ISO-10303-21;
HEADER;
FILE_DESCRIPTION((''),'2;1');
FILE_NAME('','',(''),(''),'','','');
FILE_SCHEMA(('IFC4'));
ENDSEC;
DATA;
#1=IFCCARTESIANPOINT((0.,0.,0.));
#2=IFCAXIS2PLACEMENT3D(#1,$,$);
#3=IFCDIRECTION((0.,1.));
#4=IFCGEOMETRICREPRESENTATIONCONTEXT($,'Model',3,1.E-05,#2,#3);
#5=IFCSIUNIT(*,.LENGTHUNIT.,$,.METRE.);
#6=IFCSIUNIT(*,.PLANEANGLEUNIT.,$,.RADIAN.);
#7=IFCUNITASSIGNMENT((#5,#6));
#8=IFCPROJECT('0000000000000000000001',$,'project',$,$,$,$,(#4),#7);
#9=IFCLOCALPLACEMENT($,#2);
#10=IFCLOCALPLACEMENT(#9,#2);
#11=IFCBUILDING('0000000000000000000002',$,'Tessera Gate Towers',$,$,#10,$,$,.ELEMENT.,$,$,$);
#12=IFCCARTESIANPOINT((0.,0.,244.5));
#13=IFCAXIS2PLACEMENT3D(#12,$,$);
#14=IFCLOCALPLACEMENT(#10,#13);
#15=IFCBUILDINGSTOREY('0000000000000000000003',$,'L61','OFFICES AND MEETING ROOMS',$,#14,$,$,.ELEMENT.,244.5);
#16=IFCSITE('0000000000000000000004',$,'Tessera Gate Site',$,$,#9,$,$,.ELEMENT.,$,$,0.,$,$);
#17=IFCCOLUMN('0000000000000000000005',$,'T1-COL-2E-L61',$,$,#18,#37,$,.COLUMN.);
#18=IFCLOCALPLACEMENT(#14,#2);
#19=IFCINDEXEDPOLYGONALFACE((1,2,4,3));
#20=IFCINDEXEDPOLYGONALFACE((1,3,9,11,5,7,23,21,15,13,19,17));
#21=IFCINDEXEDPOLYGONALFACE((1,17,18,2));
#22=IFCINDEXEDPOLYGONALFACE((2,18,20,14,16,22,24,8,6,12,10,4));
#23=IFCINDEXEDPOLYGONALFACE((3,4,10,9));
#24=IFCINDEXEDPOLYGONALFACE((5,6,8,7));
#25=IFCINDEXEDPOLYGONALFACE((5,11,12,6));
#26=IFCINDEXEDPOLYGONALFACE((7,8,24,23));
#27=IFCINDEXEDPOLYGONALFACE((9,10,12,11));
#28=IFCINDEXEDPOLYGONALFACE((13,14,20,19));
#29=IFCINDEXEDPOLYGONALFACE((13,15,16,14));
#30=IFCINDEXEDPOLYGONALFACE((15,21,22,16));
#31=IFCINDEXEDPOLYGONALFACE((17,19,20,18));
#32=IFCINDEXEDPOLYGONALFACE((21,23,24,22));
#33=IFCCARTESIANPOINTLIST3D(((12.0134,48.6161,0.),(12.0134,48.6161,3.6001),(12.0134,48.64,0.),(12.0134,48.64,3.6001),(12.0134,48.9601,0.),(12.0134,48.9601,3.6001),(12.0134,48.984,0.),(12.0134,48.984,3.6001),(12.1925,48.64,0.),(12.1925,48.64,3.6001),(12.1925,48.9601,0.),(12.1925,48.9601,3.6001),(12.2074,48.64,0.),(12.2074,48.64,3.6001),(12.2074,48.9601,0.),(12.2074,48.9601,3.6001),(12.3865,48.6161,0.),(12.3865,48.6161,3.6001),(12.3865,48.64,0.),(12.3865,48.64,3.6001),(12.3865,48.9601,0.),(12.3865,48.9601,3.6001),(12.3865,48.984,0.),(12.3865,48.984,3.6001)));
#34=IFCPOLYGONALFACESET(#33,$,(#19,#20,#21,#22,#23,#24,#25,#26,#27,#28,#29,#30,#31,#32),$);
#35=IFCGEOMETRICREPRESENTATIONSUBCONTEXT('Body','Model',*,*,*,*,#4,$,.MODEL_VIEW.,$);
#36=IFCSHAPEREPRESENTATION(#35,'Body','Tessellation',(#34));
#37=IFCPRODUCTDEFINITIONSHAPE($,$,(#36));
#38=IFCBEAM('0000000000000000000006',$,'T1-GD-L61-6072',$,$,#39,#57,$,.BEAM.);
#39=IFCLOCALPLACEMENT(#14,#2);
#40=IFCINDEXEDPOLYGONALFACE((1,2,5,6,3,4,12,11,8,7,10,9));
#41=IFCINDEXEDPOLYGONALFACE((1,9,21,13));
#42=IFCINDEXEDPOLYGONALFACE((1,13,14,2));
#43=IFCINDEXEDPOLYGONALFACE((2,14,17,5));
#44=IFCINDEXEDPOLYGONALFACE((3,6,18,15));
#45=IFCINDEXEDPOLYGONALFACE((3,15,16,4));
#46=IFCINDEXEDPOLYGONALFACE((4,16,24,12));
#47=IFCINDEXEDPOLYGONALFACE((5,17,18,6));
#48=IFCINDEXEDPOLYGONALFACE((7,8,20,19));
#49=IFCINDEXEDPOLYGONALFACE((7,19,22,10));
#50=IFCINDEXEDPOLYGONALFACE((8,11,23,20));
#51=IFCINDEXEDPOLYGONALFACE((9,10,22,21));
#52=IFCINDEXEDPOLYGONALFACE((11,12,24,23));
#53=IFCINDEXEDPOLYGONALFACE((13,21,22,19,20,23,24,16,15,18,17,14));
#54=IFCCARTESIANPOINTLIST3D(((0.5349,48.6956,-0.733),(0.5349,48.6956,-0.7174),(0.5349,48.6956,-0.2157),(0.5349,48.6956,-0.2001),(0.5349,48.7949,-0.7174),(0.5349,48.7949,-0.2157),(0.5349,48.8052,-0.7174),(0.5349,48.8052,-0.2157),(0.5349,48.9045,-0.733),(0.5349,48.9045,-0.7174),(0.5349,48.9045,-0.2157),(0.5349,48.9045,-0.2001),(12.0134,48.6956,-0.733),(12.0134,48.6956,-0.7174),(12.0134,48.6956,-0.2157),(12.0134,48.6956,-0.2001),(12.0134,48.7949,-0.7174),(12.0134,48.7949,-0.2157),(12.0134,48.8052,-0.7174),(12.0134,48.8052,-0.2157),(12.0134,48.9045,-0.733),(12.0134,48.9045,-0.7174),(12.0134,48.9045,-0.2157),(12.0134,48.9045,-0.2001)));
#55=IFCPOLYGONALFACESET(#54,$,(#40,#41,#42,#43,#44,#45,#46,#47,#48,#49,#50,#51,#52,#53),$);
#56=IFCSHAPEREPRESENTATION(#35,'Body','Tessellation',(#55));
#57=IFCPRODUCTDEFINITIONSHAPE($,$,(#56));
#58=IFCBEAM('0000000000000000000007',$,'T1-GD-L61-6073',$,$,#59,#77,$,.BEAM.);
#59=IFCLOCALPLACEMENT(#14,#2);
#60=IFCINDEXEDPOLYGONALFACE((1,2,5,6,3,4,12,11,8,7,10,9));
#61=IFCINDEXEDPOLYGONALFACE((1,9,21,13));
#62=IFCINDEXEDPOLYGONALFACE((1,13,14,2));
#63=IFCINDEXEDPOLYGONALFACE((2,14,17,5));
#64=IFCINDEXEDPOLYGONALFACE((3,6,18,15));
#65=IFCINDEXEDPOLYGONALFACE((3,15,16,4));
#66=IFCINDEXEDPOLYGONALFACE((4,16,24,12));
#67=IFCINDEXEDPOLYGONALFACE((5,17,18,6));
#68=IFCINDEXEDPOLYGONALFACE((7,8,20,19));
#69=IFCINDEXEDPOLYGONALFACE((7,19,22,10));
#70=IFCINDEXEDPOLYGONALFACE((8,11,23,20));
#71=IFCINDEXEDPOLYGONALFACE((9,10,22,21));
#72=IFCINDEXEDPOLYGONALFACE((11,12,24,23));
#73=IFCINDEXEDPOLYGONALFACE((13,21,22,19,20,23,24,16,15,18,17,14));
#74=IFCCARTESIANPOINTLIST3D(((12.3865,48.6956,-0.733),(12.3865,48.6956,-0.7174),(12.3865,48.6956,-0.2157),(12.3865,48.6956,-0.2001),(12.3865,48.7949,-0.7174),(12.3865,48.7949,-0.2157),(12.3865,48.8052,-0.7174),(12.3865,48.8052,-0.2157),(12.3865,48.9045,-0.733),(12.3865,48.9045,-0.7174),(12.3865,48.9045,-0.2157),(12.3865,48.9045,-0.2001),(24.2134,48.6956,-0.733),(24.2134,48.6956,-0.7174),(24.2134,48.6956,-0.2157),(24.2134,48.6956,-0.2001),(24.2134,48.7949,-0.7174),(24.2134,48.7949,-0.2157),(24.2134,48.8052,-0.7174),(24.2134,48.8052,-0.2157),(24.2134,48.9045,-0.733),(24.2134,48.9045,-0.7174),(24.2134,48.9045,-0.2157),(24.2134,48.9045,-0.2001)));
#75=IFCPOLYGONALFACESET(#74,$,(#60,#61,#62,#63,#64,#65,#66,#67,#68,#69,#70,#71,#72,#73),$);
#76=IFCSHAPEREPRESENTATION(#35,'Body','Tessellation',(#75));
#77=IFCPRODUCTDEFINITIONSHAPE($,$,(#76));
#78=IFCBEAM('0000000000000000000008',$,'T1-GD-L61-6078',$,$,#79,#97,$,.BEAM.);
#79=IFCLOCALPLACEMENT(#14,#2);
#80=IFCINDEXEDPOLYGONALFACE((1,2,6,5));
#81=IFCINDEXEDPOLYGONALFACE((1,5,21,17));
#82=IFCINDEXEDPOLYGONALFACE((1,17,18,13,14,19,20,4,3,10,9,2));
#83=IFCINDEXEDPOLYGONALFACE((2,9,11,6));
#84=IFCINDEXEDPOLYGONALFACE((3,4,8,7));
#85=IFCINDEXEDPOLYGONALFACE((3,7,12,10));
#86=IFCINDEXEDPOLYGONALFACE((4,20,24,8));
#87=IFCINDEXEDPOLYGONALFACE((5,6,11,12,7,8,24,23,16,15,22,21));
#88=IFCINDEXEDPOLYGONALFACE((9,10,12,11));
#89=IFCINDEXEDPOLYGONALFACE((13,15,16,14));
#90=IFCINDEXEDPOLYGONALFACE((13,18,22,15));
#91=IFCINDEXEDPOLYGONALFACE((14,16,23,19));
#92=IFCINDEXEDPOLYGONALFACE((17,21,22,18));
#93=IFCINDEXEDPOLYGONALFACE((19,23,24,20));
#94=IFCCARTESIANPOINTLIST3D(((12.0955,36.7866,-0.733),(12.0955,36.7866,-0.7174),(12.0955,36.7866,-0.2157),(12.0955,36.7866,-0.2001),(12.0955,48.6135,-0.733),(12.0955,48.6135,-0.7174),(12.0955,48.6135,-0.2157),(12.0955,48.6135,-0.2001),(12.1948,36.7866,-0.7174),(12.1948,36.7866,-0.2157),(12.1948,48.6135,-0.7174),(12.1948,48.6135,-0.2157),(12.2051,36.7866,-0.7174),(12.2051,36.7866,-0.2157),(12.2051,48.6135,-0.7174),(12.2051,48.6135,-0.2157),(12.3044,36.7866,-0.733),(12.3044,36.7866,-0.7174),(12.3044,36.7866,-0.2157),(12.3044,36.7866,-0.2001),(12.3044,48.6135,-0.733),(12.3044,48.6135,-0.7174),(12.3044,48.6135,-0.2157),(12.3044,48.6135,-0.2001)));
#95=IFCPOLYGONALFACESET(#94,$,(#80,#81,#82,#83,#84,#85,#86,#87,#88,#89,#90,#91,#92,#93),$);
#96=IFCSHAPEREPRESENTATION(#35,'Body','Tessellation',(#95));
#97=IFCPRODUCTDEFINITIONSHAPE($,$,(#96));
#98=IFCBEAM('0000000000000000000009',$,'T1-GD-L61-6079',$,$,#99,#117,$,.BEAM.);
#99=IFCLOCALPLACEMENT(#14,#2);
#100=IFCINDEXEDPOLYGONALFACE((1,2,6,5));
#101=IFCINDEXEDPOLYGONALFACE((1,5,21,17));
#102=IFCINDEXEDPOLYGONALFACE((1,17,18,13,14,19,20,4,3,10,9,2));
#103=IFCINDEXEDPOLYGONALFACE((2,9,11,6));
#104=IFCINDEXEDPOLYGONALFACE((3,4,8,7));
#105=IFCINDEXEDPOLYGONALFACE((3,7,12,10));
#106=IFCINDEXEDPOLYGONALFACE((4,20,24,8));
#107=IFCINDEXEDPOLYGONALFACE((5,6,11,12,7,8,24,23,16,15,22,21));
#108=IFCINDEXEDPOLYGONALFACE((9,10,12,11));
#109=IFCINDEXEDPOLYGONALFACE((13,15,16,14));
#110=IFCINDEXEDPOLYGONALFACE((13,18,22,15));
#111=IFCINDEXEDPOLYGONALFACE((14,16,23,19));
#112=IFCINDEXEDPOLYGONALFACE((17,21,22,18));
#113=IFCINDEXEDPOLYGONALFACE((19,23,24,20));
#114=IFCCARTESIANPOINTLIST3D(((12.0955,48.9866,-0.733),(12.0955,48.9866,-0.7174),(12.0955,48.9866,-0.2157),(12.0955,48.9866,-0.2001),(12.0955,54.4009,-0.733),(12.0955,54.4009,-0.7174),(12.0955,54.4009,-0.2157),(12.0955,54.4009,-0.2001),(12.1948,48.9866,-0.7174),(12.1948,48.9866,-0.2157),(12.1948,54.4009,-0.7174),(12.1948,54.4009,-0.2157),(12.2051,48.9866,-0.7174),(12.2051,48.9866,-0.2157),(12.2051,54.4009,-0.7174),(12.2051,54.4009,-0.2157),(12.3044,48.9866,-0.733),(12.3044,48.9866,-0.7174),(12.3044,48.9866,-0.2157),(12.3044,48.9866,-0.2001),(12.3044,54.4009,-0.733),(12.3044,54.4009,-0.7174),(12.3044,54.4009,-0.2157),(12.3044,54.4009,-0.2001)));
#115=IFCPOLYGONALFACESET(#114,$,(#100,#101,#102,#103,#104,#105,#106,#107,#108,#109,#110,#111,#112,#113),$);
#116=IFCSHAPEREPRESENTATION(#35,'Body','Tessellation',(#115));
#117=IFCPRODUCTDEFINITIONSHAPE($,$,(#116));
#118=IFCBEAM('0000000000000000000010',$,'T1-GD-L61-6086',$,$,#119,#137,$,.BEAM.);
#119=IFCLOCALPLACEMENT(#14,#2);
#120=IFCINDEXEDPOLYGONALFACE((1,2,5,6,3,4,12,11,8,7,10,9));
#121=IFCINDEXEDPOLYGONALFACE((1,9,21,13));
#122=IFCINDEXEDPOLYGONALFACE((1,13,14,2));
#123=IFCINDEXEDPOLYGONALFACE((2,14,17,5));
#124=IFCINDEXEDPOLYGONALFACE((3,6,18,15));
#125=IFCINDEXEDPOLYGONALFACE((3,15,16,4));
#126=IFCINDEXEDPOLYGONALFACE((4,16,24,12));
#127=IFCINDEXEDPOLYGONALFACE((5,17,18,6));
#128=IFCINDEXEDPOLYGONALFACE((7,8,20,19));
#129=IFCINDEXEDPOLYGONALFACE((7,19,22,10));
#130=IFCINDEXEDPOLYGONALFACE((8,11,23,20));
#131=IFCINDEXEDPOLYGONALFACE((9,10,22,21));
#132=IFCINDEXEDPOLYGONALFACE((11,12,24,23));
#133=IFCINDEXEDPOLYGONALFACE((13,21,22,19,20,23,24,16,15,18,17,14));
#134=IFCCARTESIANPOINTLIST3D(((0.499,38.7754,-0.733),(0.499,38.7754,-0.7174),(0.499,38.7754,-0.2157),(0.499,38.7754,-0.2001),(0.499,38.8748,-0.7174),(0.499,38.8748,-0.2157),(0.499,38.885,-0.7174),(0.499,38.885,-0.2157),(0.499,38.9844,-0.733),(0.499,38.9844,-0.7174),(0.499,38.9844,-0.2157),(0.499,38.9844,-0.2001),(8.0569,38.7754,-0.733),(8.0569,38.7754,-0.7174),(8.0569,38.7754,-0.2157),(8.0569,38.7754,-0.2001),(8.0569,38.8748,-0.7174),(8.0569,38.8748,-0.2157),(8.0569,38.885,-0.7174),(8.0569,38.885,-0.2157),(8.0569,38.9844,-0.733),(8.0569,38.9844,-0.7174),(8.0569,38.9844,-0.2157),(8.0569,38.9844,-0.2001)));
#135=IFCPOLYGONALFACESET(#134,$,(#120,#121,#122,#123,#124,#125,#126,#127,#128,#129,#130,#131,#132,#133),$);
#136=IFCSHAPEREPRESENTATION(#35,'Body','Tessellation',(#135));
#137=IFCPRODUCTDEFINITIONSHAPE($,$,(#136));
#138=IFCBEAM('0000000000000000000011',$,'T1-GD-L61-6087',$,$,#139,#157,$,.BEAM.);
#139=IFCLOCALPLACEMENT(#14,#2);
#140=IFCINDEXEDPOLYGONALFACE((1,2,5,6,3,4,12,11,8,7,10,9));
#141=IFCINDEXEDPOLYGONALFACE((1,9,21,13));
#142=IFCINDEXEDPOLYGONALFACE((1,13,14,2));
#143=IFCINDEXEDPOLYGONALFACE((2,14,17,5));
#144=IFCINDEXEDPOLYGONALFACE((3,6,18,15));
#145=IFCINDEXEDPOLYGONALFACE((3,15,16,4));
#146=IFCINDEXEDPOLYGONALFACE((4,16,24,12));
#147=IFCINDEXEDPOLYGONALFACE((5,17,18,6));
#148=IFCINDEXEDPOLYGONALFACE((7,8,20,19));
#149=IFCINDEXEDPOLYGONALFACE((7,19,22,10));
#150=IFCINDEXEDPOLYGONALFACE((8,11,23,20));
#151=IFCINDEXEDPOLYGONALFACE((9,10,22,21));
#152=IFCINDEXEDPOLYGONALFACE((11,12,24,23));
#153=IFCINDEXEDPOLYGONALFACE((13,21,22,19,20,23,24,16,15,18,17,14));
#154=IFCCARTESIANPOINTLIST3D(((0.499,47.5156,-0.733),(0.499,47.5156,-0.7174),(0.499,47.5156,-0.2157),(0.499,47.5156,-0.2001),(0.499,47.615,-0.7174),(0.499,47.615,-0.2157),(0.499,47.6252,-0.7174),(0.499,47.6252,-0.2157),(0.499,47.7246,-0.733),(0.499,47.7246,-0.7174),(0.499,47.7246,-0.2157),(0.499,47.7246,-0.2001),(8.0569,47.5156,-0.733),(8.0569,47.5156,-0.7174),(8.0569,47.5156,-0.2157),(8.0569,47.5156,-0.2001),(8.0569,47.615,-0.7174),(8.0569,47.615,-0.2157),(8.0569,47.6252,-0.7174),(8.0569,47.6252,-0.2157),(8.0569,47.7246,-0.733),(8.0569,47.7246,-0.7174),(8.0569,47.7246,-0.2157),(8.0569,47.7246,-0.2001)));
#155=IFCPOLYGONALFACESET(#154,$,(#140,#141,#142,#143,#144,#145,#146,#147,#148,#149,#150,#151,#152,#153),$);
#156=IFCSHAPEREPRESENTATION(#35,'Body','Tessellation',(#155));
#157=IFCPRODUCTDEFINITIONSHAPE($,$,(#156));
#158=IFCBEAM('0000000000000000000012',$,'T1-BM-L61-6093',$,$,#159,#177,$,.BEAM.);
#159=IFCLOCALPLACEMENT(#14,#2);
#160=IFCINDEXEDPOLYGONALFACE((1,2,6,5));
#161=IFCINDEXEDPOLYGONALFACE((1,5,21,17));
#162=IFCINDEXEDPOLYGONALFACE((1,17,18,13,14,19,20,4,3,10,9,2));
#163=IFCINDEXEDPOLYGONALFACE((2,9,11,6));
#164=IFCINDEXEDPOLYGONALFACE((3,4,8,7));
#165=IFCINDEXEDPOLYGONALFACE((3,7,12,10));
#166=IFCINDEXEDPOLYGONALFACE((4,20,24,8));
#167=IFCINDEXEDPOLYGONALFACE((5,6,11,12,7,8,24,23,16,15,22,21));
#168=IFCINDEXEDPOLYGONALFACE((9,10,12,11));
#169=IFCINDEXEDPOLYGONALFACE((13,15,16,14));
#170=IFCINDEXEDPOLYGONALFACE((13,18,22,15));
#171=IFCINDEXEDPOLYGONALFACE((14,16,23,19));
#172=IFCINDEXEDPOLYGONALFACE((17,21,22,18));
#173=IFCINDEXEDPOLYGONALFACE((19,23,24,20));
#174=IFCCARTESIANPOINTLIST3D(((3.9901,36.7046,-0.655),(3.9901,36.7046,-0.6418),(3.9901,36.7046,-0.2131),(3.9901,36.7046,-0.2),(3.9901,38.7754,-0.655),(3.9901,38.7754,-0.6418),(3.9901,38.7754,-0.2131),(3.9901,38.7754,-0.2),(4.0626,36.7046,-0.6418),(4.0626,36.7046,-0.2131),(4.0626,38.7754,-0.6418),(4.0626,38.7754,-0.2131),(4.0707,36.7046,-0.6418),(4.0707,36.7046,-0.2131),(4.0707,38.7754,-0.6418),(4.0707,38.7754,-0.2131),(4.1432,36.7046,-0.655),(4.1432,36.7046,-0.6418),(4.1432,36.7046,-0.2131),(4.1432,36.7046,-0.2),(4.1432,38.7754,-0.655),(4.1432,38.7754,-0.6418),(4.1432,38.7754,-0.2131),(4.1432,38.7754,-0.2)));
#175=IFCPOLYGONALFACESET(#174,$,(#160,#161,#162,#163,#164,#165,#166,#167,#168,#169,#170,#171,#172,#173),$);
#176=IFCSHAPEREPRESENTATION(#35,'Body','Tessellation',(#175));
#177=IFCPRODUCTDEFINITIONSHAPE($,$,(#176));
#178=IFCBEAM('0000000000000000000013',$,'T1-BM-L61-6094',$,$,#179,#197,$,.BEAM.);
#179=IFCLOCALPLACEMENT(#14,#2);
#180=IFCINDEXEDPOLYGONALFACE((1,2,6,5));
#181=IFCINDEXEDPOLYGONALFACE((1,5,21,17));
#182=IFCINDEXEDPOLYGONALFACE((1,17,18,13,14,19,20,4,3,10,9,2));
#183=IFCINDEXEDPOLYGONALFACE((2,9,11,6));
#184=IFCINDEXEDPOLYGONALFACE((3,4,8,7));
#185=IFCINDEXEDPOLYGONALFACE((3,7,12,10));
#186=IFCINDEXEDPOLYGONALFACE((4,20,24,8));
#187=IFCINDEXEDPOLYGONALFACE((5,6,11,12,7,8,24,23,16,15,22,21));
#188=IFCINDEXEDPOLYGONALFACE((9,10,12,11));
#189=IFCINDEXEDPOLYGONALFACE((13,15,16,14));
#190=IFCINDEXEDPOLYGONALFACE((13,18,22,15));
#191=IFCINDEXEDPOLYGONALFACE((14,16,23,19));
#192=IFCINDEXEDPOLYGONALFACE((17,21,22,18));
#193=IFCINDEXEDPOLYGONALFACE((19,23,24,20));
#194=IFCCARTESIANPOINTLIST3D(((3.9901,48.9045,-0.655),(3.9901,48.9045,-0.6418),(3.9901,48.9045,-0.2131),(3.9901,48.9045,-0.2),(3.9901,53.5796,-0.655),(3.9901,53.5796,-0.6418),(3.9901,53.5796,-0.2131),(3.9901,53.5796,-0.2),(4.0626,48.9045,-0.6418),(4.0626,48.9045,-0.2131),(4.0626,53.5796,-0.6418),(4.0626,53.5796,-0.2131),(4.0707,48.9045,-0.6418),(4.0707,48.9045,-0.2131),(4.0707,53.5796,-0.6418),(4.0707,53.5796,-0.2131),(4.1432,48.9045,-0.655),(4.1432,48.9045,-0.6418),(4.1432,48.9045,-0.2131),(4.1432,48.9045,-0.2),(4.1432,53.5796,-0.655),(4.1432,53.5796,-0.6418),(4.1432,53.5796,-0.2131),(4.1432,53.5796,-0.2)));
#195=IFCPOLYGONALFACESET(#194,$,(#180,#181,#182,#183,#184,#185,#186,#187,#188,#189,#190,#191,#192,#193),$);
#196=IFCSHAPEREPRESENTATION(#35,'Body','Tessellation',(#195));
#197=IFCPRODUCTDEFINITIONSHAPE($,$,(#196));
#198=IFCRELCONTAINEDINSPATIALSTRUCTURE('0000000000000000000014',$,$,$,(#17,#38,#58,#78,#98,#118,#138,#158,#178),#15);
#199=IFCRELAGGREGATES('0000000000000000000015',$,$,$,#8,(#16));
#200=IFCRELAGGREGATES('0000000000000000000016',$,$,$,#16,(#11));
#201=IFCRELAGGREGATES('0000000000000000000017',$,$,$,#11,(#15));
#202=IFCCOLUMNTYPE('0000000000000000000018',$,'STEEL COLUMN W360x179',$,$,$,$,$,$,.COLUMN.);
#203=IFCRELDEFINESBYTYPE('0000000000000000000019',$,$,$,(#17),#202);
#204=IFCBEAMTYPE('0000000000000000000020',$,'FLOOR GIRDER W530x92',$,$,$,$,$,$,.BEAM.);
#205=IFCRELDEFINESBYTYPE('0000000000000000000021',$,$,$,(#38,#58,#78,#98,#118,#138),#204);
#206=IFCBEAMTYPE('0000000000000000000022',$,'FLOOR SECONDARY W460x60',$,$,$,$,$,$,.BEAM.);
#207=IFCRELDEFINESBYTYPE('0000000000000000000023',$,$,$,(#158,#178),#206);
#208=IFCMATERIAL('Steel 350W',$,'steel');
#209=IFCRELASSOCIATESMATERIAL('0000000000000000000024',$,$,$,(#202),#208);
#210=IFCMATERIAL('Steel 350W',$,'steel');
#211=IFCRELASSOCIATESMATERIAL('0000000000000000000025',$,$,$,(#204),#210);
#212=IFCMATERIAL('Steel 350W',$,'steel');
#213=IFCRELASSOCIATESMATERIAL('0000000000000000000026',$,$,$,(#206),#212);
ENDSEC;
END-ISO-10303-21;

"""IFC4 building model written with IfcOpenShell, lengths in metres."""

from ifc_helpers import new_model, si_unit, direction, frame, origin, origin_2d, place, context, subcontext, project, spatial, i_section, extrude, material, material_profile, profile_set, type_object, element, save


model = new_model("IFC4")

# Units and contexts
model_context = context("Model", 3, precision=1e-05, world=origin(), true_north=direction((0.0, 1.0)))
body_context = subcontext(model_context, "Body", "Model", "MODEL_VIEW")
ifc_project = project(units=[si_unit("LENGTHUNIT", "METRE"), si_unit("PLANEANGLEUNIT", "RADIAN")], contexts=[model_context])

# Site, building, storey
site_placement = place(None, origin())
site = spatial("IfcSite", under=ifc_project, at=site_placement, Name="Tessera Gate Site", CompositionType="ELEMENT", RefElevation=0.0)
building_placement = place(site_placement, origin())
building = spatial("IfcBuilding", under=site, at=building_placement, Name="Tessera Gate Towers", CompositionType="ELEMENT")
storey_placement = place(building_placement, frame((0.0, 0.0, 244.5)))
storey = spatial("IfcBuildingStorey", under=building, at=storey_placement, Name="L61", Description="OFFICES AND MEETING ROOMS", CompositionType="ELEMENT", Elevation=244.5)

# Column
ifc_material_1 = material(Name="Steel 350W", Category="steel")
ifc_material_profile_1 = material_profile(ifc_material_1, i_section(OverallWidth=0.373, OverallDepth=0.3679, WebThickness=0.0149, FlangeThickness=0.0239, at=origin_2d()), Name="W360x179")
ifc_profile_set_1 = profile_set([ifc_material_profile_1], Name="Steel 350W")
column_type = type_object("IfcColumnType", Name="STEEL COLUMN W360x179", PredefinedType="COLUMN", material=ifc_profile_set_1)
column_placement = place(storey_placement, frame((12.2, 48.8, 0.0), z_axis=(0.0, 0.0, 1.0), x_axis=(1.0, 0.0, 0.0)))
element("IfcColumn", 1, at=column_placement, inside=storey, type_object=column_type, Name="T1-COL-2E-L61", PredefinedType="COLUMN", context=body_context, shape_type="SweptSolid", body=[
    extrude(i_section(OverallWidth=0.373, OverallDepth=0.3679, WebThickness=0.0149, FlangeThickness=0.0239, at=origin_2d()), origin(), (0.0, 0.0, 1.0), 3.6001),
])

# Beams
ifc_material_2 = material(Name="Steel 350W", Category="steel")
ifc_material_profile_2 = material_profile(ifc_material_2, i_section(OverallWidth=0.209, OverallDepth=0.533, WebThickness=0.0103, FlangeThickness=0.0156, at=origin_2d()), Name="W530x92")
ifc_profile_set_2 = profile_set([ifc_material_profile_2], Name="Steel 350W")
beam_type_1 = type_object("IfcBeamType", Name="FLOOR GIRDER W530x92", PredefinedType="BEAM", material=ifc_profile_set_2)
beam_1_placement = place(storey_placement, frame((0.5349, 48.8, -0.4666), z_axis=(1.0, 0.0, 0.0), x_axis=(0.0, 1.0, 0.0)))
element("IfcBeam", 2, at=beam_1_placement, inside=storey, type_object=beam_type_1, Name="T1-GD-L61-6072", PredefinedType="BEAM", context=body_context, shape_type="SweptSolid", body=[
    extrude(i_section(OverallWidth=0.209, OverallDepth=0.533, WebThickness=0.0103, FlangeThickness=0.0156, at=origin_2d()), origin(), (0.0, 0.0, 1.0), 11.4785),
])
for number, where, z_axis, x_axis, name in (
    (3, (12.3865, 48.8, -0.4666), (1.0, 0.0, 0.0), (0.0, 1.0, 0.0), "T1-GD-L61-6073"),
    (4, (12.2, 36.7866, -0.4666), (0.0, 1.0, 0.0), (-1.0, 0.0, 0.0), "T1-GD-L61-6078"),
):
    element("IfcBeam", number, at=place(storey_placement, frame(where, z_axis=z_axis, x_axis=x_axis)), inside=storey, type_object=beam_type_1, Name=name, PredefinedType="BEAM", context=body_context, shape_type="SweptSolid", body=[
        extrude(i_section(OverallWidth=0.209, OverallDepth=0.533, WebThickness=0.0103, FlangeThickness=0.0156, at=origin_2d()), origin(), (0.0, 0.0, 1.0), 11.8269),
    ])
beam_2_placement = place(storey_placement, frame((12.2, 48.9866, -0.4666), z_axis=(0.0, 1.0, 0.0), x_axis=(-1.0, 0.0, 0.0)))
element("IfcBeam", 5, at=beam_2_placement, inside=storey, type_object=beam_type_1, Name="T1-GD-L61-6079", PredefinedType="BEAM", context=body_context, shape_type="SweptSolid", body=[
    extrude(i_section(OverallWidth=0.209, OverallDepth=0.533, WebThickness=0.0103, FlangeThickness=0.0156, at=origin_2d()), origin(), (0.0, 0.0, 1.0), 5.4143),
])
for number, where, z_axis, x_axis, name in (
    (6, (0.499, 38.8799, -0.4666), (1.0, 0.0, 0.0), (0.0, 1.0, 0.0), "T1-GD-L61-6086"),
    (7, (0.499, 47.6201, -0.4666), (1.0, 0.0, 0.0), (0.0, 1.0, 0.0), "T1-GD-L61-6087"),
):
    element("IfcBeam", number, at=place(storey_placement, frame(where, z_axis=z_axis, x_axis=x_axis)), inside=storey, type_object=beam_type_1, Name=name, PredefinedType="BEAM", context=body_context, shape_type="SweptSolid", body=[
        extrude(i_section(OverallWidth=0.209, OverallDepth=0.533, WebThickness=0.0103, FlangeThickness=0.0156, at=origin_2d()), origin(), (0.0, 0.0, 1.0), 7.5579),
    ])
ifc_material_3 = material(Name="Steel 350W", Category="steel")
ifc_material_profile_3 = material_profile(ifc_material_3, i_section(OverallWidth=0.1531, OverallDepth=0.4551, WebThickness=0.0081, FlangeThickness=0.0132, at=origin_2d()), Name="W460x60")
ifc_profile_set_3 = profile_set([ifc_material_profile_3], Name="Steel 350W")
beam_type_2 = type_object("IfcBeamType", Name="FLOOR SECONDARY W460x60", PredefinedType="BEAM", material=ifc_profile_set_3)
beam_3_placement = place(storey_placement, frame((4.0667, 36.7046, -0.4275), z_axis=(0.0, 1.0, 0.0), x_axis=(-1.0, 0.0, 0.0)))
element("IfcBeam", 8, at=beam_3_placement, inside=storey, type_object=beam_type_2, Name="T1-BM-L61-6093", PredefinedType="BEAM", context=body_context, shape_type="SweptSolid", body=[
    extrude(i_section(OverallWidth=0.1531, OverallDepth=0.4551, WebThickness=0.0081, FlangeThickness=0.0132, at=origin_2d()), origin(), (0.0, 0.0, 1.0), 2.0708),
])
beam_4_placement = place(storey_placement, frame((4.0667, 48.9045, -0.4275), z_axis=(0.0, 1.0, 0.0), x_axis=(-1.0, 0.0, 0.0)))
element("IfcBeam", 9, at=beam_4_placement, inside=storey, type_object=beam_type_2, Name="T1-BM-L61-6094", PredefinedType="BEAM", context=body_context, shape_type="SweptSolid", body=[
    extrude(i_section(OverallWidth=0.1531, OverallDepth=0.4551, WebThickness=0.0081, FlangeThickness=0.0132, at=origin_2d()), origin(), (0.0, 0.0, 1.0), 4.675),
])

save(model, "model.ifc")
